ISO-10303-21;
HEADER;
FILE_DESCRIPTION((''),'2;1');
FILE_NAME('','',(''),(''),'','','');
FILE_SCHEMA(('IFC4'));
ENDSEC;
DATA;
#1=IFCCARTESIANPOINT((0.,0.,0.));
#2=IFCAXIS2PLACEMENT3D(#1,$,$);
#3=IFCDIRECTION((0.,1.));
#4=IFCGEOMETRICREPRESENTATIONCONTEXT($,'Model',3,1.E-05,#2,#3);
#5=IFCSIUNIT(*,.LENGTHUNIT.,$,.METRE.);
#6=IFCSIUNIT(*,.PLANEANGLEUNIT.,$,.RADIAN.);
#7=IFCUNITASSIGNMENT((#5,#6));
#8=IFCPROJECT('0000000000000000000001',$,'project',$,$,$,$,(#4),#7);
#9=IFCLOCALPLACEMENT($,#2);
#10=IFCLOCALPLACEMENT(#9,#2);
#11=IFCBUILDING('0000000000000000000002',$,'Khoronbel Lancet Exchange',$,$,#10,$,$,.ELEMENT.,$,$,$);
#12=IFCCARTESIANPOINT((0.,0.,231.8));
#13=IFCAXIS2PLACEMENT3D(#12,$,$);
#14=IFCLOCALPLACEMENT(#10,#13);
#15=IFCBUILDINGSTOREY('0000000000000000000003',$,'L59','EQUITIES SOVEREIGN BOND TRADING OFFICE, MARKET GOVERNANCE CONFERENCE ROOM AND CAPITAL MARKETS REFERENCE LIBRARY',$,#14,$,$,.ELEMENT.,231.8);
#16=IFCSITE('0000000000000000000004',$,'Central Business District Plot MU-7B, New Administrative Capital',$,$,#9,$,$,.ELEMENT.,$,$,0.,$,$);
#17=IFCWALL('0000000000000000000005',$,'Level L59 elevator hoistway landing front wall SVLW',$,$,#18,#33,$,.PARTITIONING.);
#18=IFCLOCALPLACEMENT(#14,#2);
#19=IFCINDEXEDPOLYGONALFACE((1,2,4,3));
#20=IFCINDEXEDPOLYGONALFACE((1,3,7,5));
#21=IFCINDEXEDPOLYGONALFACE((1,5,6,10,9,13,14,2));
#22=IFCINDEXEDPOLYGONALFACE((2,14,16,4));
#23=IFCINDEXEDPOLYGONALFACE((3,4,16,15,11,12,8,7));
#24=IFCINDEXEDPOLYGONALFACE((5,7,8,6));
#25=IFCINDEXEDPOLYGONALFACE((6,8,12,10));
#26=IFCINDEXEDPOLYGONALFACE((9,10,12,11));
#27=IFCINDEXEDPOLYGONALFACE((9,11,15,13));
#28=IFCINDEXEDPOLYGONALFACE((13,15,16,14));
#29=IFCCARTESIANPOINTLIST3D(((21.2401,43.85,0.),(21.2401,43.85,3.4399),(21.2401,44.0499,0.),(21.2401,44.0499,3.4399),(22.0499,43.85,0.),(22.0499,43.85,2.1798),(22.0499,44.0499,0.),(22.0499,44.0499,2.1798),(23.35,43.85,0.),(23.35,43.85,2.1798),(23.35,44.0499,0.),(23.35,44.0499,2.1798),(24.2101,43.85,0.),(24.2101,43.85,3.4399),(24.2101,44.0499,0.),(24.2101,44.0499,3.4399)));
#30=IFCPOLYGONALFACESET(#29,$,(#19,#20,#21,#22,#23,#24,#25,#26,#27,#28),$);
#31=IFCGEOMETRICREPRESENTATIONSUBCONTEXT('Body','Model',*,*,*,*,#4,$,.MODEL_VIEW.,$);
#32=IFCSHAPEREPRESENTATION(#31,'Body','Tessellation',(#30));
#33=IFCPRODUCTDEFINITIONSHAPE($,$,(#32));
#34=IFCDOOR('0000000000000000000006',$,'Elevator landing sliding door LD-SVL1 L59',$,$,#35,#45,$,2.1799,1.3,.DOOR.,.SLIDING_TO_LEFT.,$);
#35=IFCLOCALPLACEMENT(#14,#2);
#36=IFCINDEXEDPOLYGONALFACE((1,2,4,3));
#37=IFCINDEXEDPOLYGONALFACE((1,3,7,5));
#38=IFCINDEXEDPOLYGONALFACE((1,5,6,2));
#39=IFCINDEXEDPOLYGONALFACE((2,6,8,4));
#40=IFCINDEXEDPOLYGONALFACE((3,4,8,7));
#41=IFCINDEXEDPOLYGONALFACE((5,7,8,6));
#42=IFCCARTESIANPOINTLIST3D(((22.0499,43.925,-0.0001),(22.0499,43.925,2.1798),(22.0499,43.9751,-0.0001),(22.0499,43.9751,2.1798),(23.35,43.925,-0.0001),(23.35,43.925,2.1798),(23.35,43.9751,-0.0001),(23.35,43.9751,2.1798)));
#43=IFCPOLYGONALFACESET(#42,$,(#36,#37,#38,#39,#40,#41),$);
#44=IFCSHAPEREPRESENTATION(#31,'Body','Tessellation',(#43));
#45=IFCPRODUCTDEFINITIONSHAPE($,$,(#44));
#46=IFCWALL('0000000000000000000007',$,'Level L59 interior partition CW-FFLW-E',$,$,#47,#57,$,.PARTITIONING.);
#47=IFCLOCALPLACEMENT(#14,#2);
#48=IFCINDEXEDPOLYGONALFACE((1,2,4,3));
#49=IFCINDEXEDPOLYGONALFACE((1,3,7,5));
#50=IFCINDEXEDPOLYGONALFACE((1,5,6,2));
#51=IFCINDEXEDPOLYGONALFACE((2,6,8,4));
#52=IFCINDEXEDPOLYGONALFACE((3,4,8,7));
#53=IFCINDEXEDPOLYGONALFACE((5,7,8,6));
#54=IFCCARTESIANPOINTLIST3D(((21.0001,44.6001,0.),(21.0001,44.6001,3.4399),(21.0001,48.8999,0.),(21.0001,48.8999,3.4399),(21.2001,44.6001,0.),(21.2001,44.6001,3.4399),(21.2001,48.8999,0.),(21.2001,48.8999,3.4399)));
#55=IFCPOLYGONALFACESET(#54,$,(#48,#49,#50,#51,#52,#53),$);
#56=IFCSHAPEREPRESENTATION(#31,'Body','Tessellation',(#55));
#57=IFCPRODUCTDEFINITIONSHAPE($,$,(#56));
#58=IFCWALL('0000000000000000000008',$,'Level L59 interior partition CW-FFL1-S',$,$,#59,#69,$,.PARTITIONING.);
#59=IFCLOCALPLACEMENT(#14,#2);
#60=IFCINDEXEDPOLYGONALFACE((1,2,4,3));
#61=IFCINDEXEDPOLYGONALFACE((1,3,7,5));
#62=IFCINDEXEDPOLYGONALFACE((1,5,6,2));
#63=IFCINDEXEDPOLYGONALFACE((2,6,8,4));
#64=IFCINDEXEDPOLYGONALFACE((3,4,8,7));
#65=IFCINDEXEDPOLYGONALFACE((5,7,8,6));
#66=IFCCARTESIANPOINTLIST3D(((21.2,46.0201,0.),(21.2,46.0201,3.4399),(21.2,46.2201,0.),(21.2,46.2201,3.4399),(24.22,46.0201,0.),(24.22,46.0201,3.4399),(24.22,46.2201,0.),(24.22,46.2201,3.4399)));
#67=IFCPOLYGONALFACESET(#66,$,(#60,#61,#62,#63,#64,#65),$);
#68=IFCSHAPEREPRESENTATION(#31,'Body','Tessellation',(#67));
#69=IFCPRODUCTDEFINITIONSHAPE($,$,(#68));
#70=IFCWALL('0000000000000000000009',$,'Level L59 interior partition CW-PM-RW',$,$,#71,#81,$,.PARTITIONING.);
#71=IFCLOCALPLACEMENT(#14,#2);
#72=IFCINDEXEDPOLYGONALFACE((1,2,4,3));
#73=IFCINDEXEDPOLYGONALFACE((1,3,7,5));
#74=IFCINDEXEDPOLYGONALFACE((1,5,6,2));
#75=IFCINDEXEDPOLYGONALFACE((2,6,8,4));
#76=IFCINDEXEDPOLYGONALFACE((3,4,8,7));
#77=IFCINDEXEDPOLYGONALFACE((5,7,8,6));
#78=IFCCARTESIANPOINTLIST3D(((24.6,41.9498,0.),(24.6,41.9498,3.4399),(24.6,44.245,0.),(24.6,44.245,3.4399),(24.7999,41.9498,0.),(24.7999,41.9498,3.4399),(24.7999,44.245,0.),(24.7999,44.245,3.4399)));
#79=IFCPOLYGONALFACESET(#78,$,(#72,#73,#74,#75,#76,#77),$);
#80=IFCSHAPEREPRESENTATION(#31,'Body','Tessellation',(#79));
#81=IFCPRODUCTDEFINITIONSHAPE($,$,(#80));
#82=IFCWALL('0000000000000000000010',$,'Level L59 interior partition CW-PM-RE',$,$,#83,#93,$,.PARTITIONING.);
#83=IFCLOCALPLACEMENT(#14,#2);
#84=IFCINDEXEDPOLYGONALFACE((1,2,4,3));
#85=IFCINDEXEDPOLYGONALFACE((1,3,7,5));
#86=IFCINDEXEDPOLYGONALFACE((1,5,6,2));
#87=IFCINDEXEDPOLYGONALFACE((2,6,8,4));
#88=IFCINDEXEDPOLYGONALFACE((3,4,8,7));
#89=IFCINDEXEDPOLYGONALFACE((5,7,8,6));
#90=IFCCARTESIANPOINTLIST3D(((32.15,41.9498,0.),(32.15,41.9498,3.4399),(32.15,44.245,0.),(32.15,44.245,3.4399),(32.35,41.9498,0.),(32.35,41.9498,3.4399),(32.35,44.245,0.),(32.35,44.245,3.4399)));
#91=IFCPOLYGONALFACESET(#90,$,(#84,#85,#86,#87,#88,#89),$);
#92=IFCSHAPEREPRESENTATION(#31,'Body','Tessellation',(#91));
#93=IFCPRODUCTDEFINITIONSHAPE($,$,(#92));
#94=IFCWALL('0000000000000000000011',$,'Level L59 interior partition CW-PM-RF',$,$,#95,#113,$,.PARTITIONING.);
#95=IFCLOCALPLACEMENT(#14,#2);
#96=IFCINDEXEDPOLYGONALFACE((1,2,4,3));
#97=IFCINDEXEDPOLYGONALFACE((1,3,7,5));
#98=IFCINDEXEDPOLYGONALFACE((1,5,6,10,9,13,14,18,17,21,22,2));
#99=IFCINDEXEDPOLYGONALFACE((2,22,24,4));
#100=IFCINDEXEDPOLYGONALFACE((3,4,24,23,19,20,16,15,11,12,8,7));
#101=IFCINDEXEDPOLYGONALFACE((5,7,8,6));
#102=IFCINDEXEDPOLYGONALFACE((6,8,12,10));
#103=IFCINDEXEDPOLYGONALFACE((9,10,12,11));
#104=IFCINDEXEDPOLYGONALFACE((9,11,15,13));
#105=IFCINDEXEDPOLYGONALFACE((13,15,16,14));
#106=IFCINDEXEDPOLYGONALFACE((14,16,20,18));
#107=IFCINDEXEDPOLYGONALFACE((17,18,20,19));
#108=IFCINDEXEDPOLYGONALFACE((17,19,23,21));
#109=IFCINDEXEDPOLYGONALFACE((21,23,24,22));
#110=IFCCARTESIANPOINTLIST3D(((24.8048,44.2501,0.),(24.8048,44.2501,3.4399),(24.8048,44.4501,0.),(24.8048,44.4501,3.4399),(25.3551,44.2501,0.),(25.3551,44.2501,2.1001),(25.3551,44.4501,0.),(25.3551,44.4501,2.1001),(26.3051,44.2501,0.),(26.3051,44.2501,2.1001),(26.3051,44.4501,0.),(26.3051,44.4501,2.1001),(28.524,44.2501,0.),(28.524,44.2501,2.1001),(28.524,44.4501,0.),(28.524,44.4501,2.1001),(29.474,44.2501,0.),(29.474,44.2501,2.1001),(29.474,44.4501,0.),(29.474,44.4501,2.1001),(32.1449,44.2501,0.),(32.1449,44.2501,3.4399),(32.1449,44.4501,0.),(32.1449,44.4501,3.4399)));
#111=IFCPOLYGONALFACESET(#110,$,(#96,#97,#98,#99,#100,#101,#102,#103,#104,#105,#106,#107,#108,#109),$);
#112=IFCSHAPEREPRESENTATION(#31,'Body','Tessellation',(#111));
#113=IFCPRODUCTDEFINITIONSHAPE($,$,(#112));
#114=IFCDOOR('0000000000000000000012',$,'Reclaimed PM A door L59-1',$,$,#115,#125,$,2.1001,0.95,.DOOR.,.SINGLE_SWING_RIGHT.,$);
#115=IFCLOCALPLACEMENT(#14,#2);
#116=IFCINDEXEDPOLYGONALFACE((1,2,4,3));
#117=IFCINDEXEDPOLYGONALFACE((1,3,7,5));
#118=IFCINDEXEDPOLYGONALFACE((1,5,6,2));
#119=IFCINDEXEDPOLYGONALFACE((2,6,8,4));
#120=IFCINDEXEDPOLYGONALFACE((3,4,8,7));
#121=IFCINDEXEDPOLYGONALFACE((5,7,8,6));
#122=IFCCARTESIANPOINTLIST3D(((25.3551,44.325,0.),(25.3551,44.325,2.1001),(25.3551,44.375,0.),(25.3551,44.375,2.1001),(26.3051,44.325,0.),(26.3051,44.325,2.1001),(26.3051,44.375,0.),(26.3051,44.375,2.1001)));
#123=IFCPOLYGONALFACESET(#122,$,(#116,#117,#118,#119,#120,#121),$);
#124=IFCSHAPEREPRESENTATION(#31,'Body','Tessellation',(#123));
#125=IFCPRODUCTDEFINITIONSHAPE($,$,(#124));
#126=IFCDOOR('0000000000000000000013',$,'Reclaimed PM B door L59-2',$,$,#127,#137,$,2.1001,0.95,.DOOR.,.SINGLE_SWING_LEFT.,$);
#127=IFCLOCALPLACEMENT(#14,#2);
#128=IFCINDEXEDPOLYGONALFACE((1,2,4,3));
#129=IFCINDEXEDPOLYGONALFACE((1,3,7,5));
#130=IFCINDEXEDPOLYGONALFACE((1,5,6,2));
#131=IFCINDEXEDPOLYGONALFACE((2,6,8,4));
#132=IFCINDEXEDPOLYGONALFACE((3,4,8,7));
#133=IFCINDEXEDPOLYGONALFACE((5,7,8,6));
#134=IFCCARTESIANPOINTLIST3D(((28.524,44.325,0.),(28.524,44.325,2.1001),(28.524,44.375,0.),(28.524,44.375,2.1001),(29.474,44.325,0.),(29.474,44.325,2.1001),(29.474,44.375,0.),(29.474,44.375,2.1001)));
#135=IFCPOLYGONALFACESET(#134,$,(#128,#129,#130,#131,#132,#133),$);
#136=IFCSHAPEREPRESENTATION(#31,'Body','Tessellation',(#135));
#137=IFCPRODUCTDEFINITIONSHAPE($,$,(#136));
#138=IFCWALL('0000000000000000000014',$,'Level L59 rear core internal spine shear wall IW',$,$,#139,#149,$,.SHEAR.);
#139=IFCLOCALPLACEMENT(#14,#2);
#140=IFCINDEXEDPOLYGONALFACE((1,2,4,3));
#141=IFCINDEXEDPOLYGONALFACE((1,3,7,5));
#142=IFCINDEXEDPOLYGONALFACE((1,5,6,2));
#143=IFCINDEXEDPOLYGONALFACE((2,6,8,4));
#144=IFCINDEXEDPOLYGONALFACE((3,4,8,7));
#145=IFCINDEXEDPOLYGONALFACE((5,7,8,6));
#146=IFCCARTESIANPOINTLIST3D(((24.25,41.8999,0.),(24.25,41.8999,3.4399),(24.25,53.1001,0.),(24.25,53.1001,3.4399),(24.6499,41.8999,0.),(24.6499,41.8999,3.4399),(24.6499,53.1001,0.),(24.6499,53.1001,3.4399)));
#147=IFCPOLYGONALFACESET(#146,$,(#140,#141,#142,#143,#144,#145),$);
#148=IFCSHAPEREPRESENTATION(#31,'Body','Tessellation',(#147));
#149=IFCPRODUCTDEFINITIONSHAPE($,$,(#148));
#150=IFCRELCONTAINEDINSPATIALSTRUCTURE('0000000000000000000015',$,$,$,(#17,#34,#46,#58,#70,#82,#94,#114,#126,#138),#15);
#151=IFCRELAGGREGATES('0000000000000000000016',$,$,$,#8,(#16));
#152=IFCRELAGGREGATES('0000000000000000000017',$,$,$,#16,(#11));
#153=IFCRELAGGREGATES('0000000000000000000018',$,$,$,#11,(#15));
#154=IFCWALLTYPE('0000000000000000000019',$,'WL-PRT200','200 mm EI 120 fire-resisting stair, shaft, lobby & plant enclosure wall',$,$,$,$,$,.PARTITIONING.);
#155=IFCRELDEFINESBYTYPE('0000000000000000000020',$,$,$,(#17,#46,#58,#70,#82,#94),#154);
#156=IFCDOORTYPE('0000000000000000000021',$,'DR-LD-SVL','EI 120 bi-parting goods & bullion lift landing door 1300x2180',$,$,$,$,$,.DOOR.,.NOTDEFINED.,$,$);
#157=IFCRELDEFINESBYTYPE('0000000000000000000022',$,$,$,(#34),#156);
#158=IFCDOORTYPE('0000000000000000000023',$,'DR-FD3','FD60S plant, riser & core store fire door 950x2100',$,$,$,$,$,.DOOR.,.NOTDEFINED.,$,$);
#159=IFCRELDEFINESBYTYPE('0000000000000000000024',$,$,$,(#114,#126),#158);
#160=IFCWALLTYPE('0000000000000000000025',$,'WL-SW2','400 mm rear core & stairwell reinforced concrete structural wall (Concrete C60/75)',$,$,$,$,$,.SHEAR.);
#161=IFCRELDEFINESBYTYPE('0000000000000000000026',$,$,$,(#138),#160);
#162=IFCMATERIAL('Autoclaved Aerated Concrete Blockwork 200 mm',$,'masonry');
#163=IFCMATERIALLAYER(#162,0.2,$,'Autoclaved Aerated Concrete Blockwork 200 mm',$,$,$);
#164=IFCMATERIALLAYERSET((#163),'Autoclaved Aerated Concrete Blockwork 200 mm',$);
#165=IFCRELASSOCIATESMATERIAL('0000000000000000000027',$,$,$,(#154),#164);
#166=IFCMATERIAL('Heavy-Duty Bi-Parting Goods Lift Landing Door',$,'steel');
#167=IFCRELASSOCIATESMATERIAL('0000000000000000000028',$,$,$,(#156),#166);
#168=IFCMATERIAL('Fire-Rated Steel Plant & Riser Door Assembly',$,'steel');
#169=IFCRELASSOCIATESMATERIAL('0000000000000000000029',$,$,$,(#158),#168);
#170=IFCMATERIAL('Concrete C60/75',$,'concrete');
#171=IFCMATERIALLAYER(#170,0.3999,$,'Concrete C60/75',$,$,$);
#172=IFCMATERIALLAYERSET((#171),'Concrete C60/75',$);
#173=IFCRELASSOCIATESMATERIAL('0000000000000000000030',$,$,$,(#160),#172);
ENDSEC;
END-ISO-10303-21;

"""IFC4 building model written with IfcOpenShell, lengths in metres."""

from ifc_helpers import new_model, si_unit, direction, frame, frame_2d, origin, place, context, subcontext, project, spatial, rectangle, extrude, material, layer, layer_set, type_object, element, fill, save


model = new_model("IFC4")

# Units and contexts
model_context = context("Model", 3, precision=1e-05, world=origin(), true_north=direction((0.0, 1.0)))
body_context = subcontext(model_context, "Body", "Model", "MODEL_VIEW")
ifc_project = project(units=[si_unit("LENGTHUNIT", "METRE"), si_unit("PLANEANGLEUNIT", "RADIAN")], contexts=[model_context])

# Site, building, storey
site_placement = place(None, origin())
site = spatial("IfcSite", under=ifc_project, at=site_placement, Name="Central Business District Plot MU-7B, New Administrative Capital", CompositionType="ELEMENT", RefElevation=0.0)
building_placement = place(site_placement, origin())
building = spatial("IfcBuilding", under=site, at=building_placement, Name="Khoronbel Lancet Exchange", CompositionType="ELEMENT")
storey_placement = place(building_placement, frame((0.0, 0.0, 231.8)))
storey = spatial("IfcBuildingStorey", under=building, at=storey_placement, Name="L59", Description="EQUITIES SOVEREIGN BOND TRADING OFFICE, MARKET GOVERNANCE CONFERENCE ROOM AND CAPITAL MARKETS REFERENCE LIBRARY", CompositionType="ELEMENT", Elevation=231.8)

# Shared definitions
ifc_material_1 = material(Name="Concrete C60/75", Category="concrete")

# Wall, opening, door
ifc_material_2 = material(Name="Autoclaved Aerated Concrete Blockwork 200 mm", Category="masonry")
ifc_layer_1 = layer(ifc_material_2, 0.2, Name="Autoclaved Aerated Concrete Blockwork 200 mm")
ifc_layer_set_1 = layer_set([ifc_layer_1], Name="Autoclaved Aerated Concrete Blockwork 200 mm")
wall_type_1 = type_object("IfcWallType", Name="WL-PRT200", Description="200 mm EI 120 fire-resisting stair, shaft, lobby & plant enclosure wall", PredefinedType="PARTITIONING", material=ifc_layer_set_1)
wall_1_placement = place(storey_placement, frame((24.21, 43.95, 0.0), z_axis=(0.0, 0.0, 1.0), x_axis=(-1.0, 0.0, 0.0)))
wall_1 = element("IfcWall", 1, at=wall_1_placement, inside=storey, type_object=wall_type_1, Name="Level L59 elevator hoistway landing front wall SVLW", PredefinedType="PARTITIONING", context=body_context, shape_type="SweptSolid", body=[
    extrude(rectangle(XDim=2.97, YDim=0.2, at=frame_2d((1.4849, 0.0))), origin(), (0.0, 0.0, 1.0), 3.4399),
])
opening_1_placement = place(wall_1_placement, frame((0.8601, 0.0, 0.0)))
opening_1 = element("IfcOpeningElement", 2, at=opening_1_placement, cuts=wall_1, PredefinedType="OPENING", context=body_context, shape_type="SweptSolid", body=[
    extrude(rectangle(XDim=1.3, YDim=2.1799, at=frame_2d((0.6499, 1.0898))), frame((0.0, 0.1099, 0.0), z_axis=(0.0, -1.0, 0.0), x_axis=(1.0, 0.0, 0.0)), (0.0, 0.0, 1.0), 0.22),
])
ifc_material_3 = material(Name="Heavy-Duty Bi-Parting Goods Lift Landing Door", Category="steel")
door_type_1 = type_object("IfcDoorType", Name="DR-LD-SVL", Description="EI 120 bi-parting goods & bullion lift landing door 1300x2180", OperationType="NOTDEFINED", PredefinedType="DOOR", material=ifc_material_3)
door_1_placement = place(opening_1_placement, origin())
door_1 = element("IfcDoor", 3, at=door_1_placement, inside=storey, type_object=door_type_1, Name="Elevator landing sliding door LD-SVL1 L59", OperationType="SLIDING_TO_LEFT", OverallHeight=2.1799, OverallWidth=1.3, PredefinedType="DOOR", context=body_context, shape_type="SweptSolid", body=[
    extrude(rectangle(XDim=1.3, YDim=2.1799, at=frame_2d((0.6499, 1.0898))), frame((0.0, 0.0249, 0.0), z_axis=(0.0, -1.0, 0.0), x_axis=(1.0, 0.0, 0.0)), (0.0, 0.0, 1.0), 0.05),
])
fill(opening_1, door_1)

# Walls
wall_2_placement = place(storey_placement, frame((21.1001, 44.6001, 0.0), z_axis=(0.0, 0.0, 1.0), x_axis=(0.0, 1.0, 0.0)))
element("IfcWall", 4, at=wall_2_placement, inside=storey, type_object=wall_type_1, Name="Level L59 interior partition CW-FFLW-E", PredefinedType="PARTITIONING", context=body_context, shape_type="SweptSolid", body=[
    extrude(rectangle(XDim=4.2998, YDim=0.2, at=frame_2d((2.1499, 0.0))), origin(), (0.0, 0.0, 1.0), 3.4399),
])
wall_3_placement = place(storey_placement, frame((21.2, 46.1201, 0.0), z_axis=(0.0, 0.0, 1.0), x_axis=(1.0, 0.0, 0.0)))
element("IfcWall", 5, at=wall_3_placement, inside=storey, type_object=wall_type_1, Name="Level L59 interior partition CW-FFL1-S", PredefinedType="PARTITIONING", context=body_context, shape_type="SweptSolid", body=[
    extrude(rectangle(XDim=3.02, YDim=0.2, at=frame_2d((1.51, 0.0))), origin(), (0.0, 0.0, 1.0), 3.4399),
])

# Walls
for number, where, z_axis, x_axis, name in (
    (6, (24.7, 41.95, 0.0), (0.0, 0.0, 1.0), (0.0, 1.0, 0.0), "Level L59 interior partition CW-PM-RW"),
    (7, (32.25, 41.95, 0.0), (0.0, 0.0, 1.0), (0.0, 1.0, 0.0), "Level L59 interior partition CW-PM-RE"),
):
    element("IfcWall", number, at=place(storey_placement, frame(where, z_axis=z_axis, x_axis=x_axis)), inside=storey, type_object=wall_type_1, Name=name, PredefinedType="PARTITIONING", context=body_context, shape_type="SweptSolid", body=[
        extrude(rectangle(XDim=2.2952, YDim=0.2, at=frame_2d((1.1475, 0.0))), origin(), (0.0, 0.0, 1.0), 3.4399),
    ])

# Wall, openings, doors
wall_4_placement = place(storey_placement, frame((24.8049, 44.3501, 0.0), z_axis=(0.0, 0.0, 1.0), x_axis=(1.0, 0.0, 0.0)))
wall_4 = element("IfcWall", 8, at=wall_4_placement, inside=storey, type_object=wall_type_1, Name="Level L59 interior partition CW-PM-RF", PredefinedType="PARTITIONING", context=body_context, shape_type="SweptSolid", body=[
    extrude(rectangle(XDim=7.3401, YDim=0.2, at=frame_2d((3.6699, 0.0))), origin(), (0.0, 0.0, 1.0), 3.4399),
])
opening_2_placement = place(wall_4_placement, frame((0.55, 0.0, 0.0)))
opening_2 = element("IfcOpeningElement", 9, at=opening_2_placement, cuts=wall_4, PredefinedType="OPENING", context=body_context, shape_type="SweptSolid", body=[
    extrude(rectangle(XDim=0.95, YDim=2.1001, at=frame_2d((0.4751, 1.05))), frame((0.0, 0.1099, 0.0), z_axis=(0.0, -1.0, 0.0), x_axis=(1.0, 0.0, 0.0)), (0.0, 0.0, 1.0), 0.22),
])
opening_3_placement = place(wall_4_placement, frame((3.719, 0.0, 0.0)))
opening_3 = element("IfcOpeningElement", 10, at=opening_3_placement, cuts=wall_4, PredefinedType="OPENING", context=body_context, shape_type="SweptSolid", body=[
    extrude(rectangle(XDim=0.95, YDim=2.1001, at=frame_2d((0.4751, 1.05))), frame((0.0, 0.1099, 0.0), z_axis=(0.0, -1.0, 0.0), x_axis=(1.0, 0.0, 0.0)), (0.0, 0.0, 1.0), 0.22),
])
ifc_material_4 = material(Name="Fire-Rated Steel Plant & Riser Door Assembly", Category="steel")
door_type_2 = type_object("IfcDoorType", Name="DR-FD3", Description="FD60S plant, riser & core store fire door 950x2100", OperationType="NOTDEFINED", PredefinedType="DOOR", material=ifc_material_4)
door_2_placement = place(opening_2_placement, origin())
door_2 = element("IfcDoor", 11, at=door_2_placement, inside=storey, type_object=door_type_2, Name="Reclaimed PM A door L59-1", OperationType="SINGLE_SWING_RIGHT", OverallHeight=2.1001, OverallWidth=0.95, PredefinedType="DOOR", context=body_context, shape_type="SweptSolid", body=[
    extrude(rectangle(XDim=0.95, YDim=2.1001, at=frame_2d((0.4751, 1.05))), frame((0.0, 0.0249, 0.0), z_axis=(0.0, -1.0, 0.0), x_axis=(1.0, 0.0, 0.0)), (0.0, 0.0, 1.0), 0.05),
])
fill(opening_2, door_2)
door_3_placement = place(opening_3_placement, origin())
door_3 = element("IfcDoor", 12, at=door_3_placement, inside=storey, type_object=door_type_2, Name="Reclaimed PM B door L59-2", OperationType="SINGLE_SWING_LEFT", OverallHeight=2.1001, OverallWidth=0.95, PredefinedType="DOOR", context=body_context, shape_type="SweptSolid", body=[
    extrude(rectangle(XDim=0.95, YDim=2.1001, at=frame_2d((0.4751, 1.05))), frame((0.0, 0.0249, 0.0), z_axis=(0.0, -1.0, 0.0), x_axis=(1.0, 0.0, 0.0)), (0.0, 0.0, 1.0), 0.05),
])
fill(opening_3, door_3)

# Wall
ifc_layer_2 = layer(ifc_material_1, 0.3999, Name="Concrete C60/75")
ifc_layer_set_2 = layer_set([ifc_layer_2], Name="Concrete C60/75")
wall_type_2 = type_object("IfcWallType", Name="WL-SW2", Description="400 mm rear core & stairwell reinforced concrete structural wall (Concrete C60/75)", PredefinedType="SHEAR", material=ifc_layer_set_2)
wall_5_placement = place(storey_placement, frame((24.45, 41.8999, 0.0), z_axis=(0.0, 0.0, 1.0), x_axis=(0.0, 1.0, 0.0)))
element("IfcWall", 13, at=wall_5_placement, inside=storey, type_object=wall_type_2, Name="Level L59 rear core internal spine shear wall IW", PredefinedType="SHEAR", context=body_context, shape_type="SweptSolid", body=[
    extrude(rectangle(XDim=11.2002, YDim=0.3999, at=frame_2d((5.6001, 0.0))), origin(), (0.0, 0.0, 1.0), 3.4399),
])

save(model, "model.ifc")
